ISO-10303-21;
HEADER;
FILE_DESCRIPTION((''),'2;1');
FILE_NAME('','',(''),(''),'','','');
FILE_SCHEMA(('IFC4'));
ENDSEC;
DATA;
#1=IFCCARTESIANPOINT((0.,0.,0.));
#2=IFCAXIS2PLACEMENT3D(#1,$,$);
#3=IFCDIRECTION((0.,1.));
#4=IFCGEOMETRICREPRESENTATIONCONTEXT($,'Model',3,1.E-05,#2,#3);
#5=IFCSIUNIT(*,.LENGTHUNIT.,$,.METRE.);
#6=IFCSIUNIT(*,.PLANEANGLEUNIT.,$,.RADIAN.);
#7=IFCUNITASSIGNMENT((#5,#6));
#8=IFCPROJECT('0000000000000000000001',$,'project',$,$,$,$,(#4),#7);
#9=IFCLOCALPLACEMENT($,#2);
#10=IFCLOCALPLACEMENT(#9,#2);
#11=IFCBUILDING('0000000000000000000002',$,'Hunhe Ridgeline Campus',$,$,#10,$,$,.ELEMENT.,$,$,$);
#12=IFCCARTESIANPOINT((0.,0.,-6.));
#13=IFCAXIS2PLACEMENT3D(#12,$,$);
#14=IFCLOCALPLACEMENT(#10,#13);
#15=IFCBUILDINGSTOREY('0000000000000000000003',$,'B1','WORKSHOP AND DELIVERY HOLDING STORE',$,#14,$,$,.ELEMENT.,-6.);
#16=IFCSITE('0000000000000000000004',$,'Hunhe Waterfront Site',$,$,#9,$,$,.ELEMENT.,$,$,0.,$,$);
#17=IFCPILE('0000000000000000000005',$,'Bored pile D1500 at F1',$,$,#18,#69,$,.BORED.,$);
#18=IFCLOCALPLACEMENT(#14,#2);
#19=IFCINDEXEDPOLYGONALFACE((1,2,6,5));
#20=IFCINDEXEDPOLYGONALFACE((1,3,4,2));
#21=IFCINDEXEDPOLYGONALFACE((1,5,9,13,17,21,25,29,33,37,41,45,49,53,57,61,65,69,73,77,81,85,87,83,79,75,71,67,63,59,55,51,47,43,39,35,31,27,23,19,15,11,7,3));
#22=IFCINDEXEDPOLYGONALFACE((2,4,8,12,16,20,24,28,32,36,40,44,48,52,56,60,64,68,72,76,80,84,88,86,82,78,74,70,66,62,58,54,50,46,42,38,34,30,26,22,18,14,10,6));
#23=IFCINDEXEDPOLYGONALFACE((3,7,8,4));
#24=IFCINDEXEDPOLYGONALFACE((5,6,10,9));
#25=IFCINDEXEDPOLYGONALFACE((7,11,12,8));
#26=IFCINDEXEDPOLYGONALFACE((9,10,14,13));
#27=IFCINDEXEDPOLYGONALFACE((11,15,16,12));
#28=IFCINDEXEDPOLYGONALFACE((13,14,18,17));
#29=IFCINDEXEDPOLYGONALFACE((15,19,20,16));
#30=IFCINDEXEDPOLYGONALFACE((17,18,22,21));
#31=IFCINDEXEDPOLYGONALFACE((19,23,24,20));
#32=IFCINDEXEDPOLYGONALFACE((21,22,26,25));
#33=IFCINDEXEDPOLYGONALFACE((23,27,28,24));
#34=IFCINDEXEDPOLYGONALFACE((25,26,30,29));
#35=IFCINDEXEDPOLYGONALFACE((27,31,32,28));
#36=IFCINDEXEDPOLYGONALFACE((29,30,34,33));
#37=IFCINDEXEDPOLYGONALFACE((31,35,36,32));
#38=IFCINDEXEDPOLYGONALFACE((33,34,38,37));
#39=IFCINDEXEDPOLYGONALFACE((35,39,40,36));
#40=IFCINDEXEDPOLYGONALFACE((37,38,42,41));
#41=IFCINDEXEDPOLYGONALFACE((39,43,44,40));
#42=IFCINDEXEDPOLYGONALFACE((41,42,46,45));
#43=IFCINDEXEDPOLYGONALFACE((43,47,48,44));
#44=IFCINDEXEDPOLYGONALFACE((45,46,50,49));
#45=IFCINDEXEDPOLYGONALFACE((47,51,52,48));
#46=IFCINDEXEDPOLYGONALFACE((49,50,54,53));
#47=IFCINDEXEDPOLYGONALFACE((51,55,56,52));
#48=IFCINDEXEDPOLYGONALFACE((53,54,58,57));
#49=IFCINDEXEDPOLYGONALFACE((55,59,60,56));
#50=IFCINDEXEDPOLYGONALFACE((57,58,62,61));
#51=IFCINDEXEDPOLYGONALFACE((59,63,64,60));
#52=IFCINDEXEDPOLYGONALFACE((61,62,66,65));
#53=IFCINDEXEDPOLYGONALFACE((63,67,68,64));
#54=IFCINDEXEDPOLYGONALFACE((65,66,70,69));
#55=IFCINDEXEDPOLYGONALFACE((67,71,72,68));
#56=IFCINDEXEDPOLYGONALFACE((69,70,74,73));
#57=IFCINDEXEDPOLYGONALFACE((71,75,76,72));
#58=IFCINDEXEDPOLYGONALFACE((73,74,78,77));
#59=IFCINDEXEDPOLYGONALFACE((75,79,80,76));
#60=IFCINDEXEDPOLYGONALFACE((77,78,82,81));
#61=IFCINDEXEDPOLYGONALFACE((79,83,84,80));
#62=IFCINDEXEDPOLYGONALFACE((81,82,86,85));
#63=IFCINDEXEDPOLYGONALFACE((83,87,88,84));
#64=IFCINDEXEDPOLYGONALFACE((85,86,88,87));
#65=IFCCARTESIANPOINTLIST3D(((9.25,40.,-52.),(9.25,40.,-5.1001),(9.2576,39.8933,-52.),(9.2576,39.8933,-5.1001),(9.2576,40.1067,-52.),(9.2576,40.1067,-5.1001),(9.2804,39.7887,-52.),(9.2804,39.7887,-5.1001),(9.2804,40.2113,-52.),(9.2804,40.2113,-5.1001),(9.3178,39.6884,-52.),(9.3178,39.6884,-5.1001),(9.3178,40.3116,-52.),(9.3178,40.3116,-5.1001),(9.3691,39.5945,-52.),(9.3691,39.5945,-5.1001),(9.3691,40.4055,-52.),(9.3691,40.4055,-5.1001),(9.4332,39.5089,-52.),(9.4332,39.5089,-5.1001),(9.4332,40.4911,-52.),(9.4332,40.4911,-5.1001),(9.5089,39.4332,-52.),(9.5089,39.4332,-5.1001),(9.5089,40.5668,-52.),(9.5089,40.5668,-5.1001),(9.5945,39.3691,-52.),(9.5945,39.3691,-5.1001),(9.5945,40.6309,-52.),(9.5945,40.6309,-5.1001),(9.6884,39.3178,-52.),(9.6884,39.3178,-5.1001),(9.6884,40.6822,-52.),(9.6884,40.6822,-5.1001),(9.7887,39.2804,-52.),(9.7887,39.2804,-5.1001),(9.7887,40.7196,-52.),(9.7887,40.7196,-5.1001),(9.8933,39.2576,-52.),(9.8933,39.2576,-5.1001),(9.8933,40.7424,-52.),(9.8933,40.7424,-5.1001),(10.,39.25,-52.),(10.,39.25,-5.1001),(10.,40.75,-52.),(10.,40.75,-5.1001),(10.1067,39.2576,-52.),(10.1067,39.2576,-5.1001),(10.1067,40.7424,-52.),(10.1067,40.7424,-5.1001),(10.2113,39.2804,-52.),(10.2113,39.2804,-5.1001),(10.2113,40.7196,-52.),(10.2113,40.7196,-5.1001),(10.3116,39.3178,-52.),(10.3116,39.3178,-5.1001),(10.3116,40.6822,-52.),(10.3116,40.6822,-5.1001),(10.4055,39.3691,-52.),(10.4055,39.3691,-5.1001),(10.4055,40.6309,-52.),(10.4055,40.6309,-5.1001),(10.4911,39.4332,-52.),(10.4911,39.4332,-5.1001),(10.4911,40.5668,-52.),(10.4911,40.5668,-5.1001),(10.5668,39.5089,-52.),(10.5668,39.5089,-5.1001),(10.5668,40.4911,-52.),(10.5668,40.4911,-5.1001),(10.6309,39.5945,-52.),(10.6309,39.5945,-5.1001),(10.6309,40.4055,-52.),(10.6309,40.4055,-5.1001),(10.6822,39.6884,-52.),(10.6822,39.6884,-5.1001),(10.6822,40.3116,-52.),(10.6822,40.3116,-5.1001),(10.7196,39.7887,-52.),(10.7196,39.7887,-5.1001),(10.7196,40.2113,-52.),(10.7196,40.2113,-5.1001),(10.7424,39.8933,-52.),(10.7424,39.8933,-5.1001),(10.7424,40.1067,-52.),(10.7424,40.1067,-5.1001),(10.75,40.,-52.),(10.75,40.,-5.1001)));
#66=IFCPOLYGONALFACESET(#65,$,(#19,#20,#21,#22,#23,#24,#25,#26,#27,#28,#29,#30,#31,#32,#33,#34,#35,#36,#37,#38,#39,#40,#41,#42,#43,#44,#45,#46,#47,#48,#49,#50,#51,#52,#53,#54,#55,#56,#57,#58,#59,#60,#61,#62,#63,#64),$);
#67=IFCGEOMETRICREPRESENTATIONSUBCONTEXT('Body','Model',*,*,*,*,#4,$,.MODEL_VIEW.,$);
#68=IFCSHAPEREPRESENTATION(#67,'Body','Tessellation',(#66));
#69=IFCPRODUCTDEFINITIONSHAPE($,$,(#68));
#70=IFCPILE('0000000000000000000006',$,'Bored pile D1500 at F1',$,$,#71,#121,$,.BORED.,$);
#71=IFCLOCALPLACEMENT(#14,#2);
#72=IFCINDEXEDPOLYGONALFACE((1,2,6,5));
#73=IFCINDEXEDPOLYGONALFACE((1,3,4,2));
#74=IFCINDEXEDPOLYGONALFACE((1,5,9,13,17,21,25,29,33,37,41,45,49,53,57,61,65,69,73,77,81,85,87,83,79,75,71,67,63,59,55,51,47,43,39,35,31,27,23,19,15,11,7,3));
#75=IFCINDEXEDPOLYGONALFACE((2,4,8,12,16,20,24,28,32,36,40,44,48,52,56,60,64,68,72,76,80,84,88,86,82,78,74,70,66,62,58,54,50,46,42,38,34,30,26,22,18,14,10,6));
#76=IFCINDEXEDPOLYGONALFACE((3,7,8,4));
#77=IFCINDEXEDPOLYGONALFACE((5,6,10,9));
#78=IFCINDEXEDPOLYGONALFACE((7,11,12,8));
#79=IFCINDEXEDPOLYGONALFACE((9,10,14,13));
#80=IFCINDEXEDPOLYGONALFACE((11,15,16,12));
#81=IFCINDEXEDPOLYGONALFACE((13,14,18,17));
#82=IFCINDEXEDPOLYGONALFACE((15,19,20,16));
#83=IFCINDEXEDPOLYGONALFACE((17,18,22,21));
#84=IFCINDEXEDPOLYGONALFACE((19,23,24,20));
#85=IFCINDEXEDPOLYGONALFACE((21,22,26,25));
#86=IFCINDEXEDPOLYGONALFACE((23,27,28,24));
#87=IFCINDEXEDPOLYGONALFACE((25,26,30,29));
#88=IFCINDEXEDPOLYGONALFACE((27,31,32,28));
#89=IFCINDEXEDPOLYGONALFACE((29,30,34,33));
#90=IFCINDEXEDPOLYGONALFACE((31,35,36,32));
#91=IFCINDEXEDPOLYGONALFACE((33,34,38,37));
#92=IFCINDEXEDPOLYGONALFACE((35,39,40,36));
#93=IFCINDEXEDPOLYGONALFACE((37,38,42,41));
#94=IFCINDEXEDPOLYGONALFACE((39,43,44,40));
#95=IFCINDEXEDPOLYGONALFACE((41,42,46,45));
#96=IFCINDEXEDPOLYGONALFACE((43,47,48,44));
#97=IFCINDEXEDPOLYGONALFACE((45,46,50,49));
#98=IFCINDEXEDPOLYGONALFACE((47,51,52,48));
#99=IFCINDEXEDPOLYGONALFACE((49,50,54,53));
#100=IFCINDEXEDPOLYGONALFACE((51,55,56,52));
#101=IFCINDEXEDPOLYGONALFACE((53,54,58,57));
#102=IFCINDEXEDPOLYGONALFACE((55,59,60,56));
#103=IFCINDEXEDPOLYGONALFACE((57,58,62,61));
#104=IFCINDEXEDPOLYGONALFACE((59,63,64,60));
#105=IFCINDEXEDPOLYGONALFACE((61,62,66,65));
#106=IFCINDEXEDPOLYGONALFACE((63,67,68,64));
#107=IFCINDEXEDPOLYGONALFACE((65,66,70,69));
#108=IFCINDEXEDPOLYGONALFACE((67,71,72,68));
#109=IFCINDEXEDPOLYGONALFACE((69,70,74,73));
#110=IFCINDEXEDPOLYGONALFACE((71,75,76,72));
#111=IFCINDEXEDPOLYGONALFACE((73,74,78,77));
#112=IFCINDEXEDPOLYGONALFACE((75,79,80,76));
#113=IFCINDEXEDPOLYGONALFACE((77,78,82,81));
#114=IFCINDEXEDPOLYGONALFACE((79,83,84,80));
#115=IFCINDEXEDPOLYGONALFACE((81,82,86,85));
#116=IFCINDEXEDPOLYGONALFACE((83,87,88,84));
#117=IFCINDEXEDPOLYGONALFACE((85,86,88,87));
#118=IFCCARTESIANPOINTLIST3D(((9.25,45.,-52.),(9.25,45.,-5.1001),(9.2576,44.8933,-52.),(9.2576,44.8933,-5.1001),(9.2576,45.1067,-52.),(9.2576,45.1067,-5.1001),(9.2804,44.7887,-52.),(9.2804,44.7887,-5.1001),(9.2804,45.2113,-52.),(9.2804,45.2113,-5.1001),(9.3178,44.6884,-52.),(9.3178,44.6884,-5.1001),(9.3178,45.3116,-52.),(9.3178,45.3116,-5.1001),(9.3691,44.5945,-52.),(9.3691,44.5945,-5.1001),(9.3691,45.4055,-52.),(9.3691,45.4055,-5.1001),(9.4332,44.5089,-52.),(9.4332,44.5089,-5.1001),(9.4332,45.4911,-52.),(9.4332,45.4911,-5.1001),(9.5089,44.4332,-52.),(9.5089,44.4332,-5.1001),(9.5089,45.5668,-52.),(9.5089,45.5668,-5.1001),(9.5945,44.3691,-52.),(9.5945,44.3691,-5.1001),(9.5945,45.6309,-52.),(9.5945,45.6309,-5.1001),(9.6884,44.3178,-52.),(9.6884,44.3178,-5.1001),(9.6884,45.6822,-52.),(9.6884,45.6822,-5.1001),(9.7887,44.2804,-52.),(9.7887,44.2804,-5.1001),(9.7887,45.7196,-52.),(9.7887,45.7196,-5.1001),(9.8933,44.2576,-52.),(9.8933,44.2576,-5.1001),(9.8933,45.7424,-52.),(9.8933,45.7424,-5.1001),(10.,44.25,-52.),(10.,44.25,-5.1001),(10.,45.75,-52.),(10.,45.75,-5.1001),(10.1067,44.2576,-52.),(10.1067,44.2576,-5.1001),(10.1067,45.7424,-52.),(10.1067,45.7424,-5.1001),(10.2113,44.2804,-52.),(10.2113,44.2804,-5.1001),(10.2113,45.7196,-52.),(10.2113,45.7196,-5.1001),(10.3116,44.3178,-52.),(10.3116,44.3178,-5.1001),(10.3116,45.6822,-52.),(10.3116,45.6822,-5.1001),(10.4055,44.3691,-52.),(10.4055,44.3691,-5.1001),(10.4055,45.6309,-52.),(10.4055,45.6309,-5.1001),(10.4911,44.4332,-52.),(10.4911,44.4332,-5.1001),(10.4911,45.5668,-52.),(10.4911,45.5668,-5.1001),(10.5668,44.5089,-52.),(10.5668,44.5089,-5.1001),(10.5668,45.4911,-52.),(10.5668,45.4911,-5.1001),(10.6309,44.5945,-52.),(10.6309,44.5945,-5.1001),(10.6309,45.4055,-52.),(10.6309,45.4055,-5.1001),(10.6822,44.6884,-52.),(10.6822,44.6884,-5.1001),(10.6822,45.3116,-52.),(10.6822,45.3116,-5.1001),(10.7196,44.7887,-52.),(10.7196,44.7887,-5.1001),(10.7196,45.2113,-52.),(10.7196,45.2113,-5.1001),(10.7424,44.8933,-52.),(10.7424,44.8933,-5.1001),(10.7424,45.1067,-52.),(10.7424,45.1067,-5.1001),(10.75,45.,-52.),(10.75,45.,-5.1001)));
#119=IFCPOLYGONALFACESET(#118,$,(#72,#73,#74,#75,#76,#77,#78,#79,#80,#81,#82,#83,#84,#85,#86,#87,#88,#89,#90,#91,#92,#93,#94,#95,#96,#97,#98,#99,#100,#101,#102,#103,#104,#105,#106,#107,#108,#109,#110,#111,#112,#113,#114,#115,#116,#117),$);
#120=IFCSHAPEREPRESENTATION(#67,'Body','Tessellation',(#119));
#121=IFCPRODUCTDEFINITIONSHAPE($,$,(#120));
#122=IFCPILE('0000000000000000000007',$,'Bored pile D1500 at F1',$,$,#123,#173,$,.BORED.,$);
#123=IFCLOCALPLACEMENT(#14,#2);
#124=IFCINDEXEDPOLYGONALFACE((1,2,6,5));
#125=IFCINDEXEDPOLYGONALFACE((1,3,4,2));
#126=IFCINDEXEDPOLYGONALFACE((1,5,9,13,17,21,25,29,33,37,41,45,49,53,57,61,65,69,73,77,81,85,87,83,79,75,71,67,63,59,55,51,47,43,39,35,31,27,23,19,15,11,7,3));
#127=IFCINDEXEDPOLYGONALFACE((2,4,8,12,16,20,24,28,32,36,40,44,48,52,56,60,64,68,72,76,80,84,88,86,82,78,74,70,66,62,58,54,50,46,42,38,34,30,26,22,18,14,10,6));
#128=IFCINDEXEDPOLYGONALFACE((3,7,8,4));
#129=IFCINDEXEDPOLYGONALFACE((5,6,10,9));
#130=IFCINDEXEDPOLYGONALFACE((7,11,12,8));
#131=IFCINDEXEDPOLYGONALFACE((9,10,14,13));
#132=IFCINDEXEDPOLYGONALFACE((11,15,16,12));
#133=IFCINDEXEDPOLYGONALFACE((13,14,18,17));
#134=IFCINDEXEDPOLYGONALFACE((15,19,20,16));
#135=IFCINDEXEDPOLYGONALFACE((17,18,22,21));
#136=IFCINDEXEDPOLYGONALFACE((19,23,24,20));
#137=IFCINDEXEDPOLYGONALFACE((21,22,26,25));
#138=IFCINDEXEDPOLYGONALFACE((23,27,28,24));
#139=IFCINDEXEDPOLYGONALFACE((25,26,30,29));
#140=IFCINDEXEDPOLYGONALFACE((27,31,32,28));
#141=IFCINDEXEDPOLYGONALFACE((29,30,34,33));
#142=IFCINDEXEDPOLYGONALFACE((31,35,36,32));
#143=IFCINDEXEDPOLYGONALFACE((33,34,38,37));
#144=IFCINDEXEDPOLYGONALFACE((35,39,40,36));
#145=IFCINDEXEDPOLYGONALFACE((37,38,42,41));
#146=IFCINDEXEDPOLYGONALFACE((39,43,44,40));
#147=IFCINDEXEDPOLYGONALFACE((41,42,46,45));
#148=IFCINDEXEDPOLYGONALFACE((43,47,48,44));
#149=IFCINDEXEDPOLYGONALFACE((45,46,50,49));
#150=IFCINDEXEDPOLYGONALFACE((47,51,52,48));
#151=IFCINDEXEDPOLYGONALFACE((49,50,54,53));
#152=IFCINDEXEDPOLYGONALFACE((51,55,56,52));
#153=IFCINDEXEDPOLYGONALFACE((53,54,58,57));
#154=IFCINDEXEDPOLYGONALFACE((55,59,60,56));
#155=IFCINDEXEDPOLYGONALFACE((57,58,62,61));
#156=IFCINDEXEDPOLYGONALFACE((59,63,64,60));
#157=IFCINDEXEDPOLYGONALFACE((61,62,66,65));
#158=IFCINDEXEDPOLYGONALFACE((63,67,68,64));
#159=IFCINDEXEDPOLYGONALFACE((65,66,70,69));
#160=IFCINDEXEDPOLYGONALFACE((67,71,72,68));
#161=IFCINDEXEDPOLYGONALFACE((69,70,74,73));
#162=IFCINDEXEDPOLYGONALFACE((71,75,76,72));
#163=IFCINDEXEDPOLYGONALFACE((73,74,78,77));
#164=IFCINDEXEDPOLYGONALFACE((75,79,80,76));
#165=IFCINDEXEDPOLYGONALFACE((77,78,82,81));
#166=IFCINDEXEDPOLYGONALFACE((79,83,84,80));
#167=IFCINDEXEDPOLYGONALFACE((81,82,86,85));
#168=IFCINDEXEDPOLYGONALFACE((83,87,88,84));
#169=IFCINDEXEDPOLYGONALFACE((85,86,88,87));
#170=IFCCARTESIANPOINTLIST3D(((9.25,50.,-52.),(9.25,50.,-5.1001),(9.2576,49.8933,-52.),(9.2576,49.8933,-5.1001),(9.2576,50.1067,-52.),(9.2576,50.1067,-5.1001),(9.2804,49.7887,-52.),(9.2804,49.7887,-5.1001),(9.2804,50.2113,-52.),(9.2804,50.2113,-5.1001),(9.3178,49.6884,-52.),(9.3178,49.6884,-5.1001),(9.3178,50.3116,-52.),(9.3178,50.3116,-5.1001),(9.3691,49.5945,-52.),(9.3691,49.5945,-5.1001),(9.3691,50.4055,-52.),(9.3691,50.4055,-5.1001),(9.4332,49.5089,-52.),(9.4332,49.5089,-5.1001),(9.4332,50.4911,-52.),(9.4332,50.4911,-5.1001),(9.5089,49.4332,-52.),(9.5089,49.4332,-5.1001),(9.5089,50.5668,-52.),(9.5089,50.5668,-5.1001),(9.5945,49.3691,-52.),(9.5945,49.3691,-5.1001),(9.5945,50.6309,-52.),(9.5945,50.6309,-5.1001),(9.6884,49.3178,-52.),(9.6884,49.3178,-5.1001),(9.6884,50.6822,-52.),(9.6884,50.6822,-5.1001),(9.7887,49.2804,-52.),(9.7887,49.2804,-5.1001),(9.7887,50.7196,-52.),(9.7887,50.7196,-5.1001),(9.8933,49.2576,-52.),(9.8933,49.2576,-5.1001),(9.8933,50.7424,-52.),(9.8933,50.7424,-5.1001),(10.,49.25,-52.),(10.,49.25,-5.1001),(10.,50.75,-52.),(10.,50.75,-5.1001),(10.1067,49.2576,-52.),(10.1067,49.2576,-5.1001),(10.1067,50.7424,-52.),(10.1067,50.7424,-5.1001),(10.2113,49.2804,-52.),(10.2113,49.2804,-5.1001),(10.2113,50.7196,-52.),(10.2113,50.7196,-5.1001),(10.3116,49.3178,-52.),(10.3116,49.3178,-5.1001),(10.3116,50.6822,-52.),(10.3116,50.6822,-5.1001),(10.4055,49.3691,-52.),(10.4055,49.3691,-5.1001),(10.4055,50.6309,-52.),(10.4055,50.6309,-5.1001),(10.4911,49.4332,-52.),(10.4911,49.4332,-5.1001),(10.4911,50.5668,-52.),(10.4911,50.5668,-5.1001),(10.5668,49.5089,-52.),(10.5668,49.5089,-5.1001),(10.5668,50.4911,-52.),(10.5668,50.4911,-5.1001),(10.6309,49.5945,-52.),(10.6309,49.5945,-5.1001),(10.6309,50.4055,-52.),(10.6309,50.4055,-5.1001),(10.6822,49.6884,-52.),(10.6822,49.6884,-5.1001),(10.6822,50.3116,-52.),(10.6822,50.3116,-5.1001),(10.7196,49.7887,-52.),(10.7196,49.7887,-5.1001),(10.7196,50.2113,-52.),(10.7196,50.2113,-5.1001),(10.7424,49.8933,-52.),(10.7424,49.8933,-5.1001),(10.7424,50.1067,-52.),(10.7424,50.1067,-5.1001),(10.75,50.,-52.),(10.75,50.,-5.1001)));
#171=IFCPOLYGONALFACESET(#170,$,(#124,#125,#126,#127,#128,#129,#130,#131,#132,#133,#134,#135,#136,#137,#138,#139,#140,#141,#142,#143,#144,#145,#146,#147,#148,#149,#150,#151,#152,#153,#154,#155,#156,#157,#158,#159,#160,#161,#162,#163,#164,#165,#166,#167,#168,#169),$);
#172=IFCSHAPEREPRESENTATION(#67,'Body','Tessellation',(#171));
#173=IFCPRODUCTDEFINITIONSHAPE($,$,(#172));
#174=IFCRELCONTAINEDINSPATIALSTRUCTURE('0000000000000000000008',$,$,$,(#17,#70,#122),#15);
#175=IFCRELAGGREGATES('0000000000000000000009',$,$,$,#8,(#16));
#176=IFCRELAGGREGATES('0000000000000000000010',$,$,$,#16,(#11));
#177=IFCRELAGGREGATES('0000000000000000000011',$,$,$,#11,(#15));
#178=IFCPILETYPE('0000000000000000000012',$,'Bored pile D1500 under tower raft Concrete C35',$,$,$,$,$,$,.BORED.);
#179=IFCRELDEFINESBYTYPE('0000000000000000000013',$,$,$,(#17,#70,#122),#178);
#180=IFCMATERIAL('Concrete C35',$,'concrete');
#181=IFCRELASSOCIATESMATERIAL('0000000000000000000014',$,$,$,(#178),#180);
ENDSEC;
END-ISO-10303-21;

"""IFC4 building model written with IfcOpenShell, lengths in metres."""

from ifc_helpers import new_model, si_unit, direction, frame, origin, origin_2d, place, context, subcontext, project, spatial, circle, extrude, material, material_profile, profile_set, type_object, element, save


model = new_model("IFC4")

# Units and contexts
model_context = context("Model", 3, precision=1e-05, world=origin(), true_north=direction((0.0, 1.0)))
body_context = subcontext(model_context, "Body", "Model", "MODEL_VIEW")
ifc_project = project(units=[si_unit("LENGTHUNIT", "METRE"), si_unit("PLANEANGLEUNIT", "RADIAN")], contexts=[model_context])

# Site, building, storey
site_placement = place(None, origin())
site = spatial("IfcSite", under=ifc_project, at=site_placement, Name="Hunhe Waterfront Site", CompositionType="ELEMENT", RefElevation=0.0)
building_placement = place(site_placement, origin())
building = spatial("IfcBuilding", under=site, at=building_placement, Name="Hunhe Ridgeline Campus", CompositionType="ELEMENT")
storey_placement = place(building_placement, frame((0.0, 0.0, -6.0)))
storey = spatial("IfcBuildingStorey", under=building, at=storey_placement, Name="B1", Description="WORKSHOP AND DELIVERY HOLDING STORE", CompositionType="ELEMENT", Elevation=-6.0)

# Piles
ifc_material_1 = material(Name="Concrete C35", Category="concrete")
ifc_material_profile_1 = material_profile(ifc_material_1, circle(Radius=0.75, at=origin_2d()))
ifc_profile_set_1 = profile_set([ifc_material_profile_1], Name="Concrete C35")
pile_type = type_object("IfcPileType", Name="Bored pile D1500 under tower raft Concrete C35", PredefinedType="BORED", material=ifc_profile_set_1)
for number, where, z_axis, x_axis, name in (
    (1, (10.0, 40.0, -5.1001), (0.0, 0.0, -1.0), (1.0, 0.0, 0.0), "Bored pile D1500 at F1"),
    (2, (10.0, 45.0, -5.1001), (0.0, 0.0, -1.0), (1.0, 0.0, 0.0), "Bored pile D1500 at F1"),
    (3, (10.0, 50.0, -5.1001), (0.0, 0.0, -1.0), (1.0, 0.0, 0.0), "Bored pile D1500 at F1"),
):
    element("IfcPile", number, at=place(storey_placement, frame(where, z_axis=z_axis, x_axis=x_axis)), inside=storey, type_object=pile_type, Name=name, PredefinedType="BORED", context=body_context, shape_type="SweptSolid", body=[
        extrude(circle(Radius=0.75, at=origin_2d()), origin(), (0.0, 0.0, 1.0), 46.8999),
    ])

save(model, "model.ifc")
